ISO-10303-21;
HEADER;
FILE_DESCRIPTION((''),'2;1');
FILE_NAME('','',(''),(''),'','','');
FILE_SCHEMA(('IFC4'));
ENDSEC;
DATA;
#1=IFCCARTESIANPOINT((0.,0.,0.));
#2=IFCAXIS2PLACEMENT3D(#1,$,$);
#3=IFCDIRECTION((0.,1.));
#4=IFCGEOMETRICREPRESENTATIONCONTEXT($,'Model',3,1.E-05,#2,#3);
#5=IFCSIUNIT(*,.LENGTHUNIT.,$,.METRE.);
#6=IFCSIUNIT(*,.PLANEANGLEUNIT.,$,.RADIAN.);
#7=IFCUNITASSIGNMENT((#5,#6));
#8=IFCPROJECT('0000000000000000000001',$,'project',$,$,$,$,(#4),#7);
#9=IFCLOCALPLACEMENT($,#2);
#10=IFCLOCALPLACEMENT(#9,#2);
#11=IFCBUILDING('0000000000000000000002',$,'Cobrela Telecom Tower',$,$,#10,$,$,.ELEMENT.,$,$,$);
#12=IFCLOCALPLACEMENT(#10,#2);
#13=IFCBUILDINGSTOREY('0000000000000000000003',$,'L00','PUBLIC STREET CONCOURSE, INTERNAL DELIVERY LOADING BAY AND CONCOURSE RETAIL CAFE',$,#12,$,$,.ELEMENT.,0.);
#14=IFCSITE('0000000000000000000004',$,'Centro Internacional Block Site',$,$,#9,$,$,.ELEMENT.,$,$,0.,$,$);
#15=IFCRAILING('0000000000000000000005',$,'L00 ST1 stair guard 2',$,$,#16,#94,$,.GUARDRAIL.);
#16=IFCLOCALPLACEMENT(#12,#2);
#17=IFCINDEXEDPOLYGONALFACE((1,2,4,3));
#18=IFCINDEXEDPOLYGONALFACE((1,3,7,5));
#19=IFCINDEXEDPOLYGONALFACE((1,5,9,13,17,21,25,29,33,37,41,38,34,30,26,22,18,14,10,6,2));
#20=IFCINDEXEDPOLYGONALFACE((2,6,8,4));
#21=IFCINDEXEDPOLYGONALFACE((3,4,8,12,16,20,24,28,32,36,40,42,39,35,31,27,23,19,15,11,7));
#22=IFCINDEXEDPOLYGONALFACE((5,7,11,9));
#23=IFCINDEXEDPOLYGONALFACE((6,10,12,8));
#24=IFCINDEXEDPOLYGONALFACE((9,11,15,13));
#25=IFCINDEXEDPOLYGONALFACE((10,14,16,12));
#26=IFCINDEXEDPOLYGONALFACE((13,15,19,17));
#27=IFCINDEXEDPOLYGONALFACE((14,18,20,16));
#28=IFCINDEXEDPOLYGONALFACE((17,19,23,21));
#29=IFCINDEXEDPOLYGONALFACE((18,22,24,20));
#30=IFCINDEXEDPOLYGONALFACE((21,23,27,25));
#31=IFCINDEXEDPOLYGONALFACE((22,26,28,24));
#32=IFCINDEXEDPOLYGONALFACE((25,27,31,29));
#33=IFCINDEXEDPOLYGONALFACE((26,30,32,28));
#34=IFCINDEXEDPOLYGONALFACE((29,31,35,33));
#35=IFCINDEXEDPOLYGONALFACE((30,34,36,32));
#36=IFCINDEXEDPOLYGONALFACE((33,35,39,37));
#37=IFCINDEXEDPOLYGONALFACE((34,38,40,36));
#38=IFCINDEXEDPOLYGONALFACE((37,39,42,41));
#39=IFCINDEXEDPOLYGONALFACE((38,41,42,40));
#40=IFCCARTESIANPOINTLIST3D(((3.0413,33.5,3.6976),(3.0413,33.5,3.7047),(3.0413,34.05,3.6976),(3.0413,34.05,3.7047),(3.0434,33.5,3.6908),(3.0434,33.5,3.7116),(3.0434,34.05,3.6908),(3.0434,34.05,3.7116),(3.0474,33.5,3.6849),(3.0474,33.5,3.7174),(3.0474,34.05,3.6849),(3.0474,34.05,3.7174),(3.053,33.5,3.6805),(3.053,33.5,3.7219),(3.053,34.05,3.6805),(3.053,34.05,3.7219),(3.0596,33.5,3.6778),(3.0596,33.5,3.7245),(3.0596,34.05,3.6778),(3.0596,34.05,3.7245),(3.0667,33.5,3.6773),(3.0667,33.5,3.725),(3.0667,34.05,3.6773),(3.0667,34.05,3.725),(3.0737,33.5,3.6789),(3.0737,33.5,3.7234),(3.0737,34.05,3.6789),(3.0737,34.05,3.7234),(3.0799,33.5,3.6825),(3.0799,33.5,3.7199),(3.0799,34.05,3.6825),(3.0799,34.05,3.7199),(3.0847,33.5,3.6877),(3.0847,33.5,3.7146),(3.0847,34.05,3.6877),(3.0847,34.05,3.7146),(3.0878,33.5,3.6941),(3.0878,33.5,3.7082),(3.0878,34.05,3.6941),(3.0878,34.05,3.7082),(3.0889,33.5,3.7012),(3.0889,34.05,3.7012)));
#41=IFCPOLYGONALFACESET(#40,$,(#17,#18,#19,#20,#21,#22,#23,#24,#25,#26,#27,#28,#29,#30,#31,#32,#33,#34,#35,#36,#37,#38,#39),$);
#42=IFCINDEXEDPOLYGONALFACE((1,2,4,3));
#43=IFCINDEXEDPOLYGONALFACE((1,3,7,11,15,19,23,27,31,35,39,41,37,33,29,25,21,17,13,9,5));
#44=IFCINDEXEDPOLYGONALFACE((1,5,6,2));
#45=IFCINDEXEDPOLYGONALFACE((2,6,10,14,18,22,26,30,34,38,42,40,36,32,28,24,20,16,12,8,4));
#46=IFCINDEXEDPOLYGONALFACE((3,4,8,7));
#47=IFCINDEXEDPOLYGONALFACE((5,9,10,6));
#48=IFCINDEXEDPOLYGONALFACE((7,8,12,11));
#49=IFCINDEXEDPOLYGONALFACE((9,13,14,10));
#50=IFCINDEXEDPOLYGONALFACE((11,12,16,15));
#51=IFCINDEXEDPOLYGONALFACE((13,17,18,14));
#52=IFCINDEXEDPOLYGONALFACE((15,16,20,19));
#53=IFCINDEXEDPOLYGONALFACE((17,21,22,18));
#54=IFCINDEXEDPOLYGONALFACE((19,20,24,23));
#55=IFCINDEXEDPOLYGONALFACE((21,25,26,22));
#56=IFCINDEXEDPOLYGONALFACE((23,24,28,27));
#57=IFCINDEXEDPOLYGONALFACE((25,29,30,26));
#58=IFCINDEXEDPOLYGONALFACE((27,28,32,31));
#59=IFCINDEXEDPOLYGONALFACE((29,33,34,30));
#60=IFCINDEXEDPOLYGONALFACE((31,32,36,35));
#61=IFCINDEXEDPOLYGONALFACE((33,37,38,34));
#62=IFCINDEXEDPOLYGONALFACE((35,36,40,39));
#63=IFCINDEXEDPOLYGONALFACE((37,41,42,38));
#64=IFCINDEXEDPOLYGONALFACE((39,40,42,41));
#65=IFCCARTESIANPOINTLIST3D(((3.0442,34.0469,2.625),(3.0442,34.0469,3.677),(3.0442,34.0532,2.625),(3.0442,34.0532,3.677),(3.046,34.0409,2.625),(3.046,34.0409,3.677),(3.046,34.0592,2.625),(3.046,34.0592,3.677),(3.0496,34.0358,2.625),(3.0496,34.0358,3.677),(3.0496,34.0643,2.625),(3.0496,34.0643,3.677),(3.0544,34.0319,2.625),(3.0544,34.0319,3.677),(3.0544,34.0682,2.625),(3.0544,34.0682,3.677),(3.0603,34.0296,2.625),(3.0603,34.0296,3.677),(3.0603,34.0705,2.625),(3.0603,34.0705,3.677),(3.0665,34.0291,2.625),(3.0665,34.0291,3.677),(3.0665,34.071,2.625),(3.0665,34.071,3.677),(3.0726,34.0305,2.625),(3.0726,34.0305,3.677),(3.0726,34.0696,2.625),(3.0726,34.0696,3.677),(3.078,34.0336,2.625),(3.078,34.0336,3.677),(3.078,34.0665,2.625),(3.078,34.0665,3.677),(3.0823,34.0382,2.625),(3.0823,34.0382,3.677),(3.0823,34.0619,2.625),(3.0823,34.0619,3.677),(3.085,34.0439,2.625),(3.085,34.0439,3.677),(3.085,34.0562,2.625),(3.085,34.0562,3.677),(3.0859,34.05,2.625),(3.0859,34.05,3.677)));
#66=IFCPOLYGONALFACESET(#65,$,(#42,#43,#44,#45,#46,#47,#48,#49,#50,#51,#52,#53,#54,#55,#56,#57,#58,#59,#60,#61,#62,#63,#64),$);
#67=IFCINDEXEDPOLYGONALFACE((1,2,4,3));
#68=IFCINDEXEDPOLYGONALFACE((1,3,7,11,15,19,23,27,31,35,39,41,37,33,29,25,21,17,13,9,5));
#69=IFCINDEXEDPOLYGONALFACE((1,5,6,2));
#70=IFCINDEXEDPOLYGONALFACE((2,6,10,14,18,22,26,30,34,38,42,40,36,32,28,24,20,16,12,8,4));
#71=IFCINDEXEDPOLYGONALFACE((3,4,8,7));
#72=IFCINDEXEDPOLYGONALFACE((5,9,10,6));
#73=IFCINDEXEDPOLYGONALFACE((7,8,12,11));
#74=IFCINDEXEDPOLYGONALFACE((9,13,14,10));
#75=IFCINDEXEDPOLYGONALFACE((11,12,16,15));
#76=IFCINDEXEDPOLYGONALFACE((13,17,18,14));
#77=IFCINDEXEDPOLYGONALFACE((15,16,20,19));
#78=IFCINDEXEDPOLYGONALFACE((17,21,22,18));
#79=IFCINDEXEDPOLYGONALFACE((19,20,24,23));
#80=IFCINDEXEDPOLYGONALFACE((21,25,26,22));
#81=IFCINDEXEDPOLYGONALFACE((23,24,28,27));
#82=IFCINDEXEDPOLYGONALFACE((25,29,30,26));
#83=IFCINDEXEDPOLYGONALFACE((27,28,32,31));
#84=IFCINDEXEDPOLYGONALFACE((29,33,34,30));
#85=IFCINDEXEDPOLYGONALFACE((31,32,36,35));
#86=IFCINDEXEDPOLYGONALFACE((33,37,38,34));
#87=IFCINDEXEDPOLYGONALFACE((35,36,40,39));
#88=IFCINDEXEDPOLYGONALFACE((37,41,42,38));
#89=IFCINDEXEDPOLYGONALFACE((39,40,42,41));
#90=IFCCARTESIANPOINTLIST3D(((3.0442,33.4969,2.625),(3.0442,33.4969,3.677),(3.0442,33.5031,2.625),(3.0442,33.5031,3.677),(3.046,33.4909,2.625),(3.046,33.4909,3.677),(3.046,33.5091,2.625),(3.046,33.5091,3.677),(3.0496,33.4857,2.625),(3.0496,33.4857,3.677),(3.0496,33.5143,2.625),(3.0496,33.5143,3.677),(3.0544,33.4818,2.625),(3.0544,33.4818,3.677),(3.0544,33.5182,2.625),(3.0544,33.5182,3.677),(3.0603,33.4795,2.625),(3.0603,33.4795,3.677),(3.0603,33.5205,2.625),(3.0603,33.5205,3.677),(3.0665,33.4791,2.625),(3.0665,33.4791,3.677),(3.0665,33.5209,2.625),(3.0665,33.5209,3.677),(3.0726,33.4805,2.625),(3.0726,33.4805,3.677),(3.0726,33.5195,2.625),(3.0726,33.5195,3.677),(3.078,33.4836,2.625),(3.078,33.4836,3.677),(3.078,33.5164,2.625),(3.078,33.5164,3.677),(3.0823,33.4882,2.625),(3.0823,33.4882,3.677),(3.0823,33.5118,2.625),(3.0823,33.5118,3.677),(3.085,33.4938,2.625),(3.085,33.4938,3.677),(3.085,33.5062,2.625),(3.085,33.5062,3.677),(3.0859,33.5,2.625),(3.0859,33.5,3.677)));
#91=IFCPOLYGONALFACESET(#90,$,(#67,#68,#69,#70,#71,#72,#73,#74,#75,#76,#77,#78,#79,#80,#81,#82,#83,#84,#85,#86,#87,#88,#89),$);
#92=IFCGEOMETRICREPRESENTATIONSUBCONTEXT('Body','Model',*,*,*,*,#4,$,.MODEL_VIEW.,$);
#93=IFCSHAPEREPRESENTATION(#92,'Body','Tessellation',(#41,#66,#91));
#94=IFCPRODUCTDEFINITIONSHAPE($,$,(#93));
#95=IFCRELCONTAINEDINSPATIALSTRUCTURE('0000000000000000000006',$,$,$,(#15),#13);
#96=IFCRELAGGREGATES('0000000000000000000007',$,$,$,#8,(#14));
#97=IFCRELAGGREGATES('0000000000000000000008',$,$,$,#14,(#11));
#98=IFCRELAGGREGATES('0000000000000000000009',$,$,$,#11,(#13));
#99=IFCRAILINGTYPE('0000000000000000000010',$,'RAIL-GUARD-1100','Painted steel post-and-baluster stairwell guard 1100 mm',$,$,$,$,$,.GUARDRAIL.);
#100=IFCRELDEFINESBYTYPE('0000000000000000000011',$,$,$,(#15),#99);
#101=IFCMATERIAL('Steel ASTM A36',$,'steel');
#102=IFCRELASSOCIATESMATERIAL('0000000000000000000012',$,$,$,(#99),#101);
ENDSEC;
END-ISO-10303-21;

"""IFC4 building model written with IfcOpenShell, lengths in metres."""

from ifc_helpers import new_model, si_unit, direction, frame, origin, origin_2d, place, context, subcontext, project, spatial, circle, extrude, material, type_object, element, save


model = new_model("IFC4")

# Units and contexts
model_context = context("Model", 3, precision=1e-05, world=origin(), true_north=direction((0.0, 1.0)))
body_context = subcontext(model_context, "Body", "Model", "MODEL_VIEW")
ifc_project = project(units=[si_unit("LENGTHUNIT", "METRE"), si_unit("PLANEANGLEUNIT", "RADIAN")], contexts=[model_context])

# Site, building, storey
site_placement = place(None, origin())
site = spatial("IfcSite", under=ifc_project, at=site_placement, Name="Centro Internacional Block Site", CompositionType="ELEMENT", RefElevation=0.0)
building_placement = place(site_placement, origin())
building = spatial("IfcBuilding", under=site, at=building_placement, Name="Cobrela Telecom Tower", CompositionType="ELEMENT")
storey_placement = place(building_placement, origin())
storey = spatial("IfcBuildingStorey", under=building, at=storey_placement, Name="L00", Description="PUBLIC STREET CONCOURSE, INTERNAL DELIVERY LOADING BAY AND CONCOURSE RETAIL CAFE", CompositionType="ELEMENT", Elevation=0.0)

# Shared definitions
ifc_material_1 = material(Name="Steel ASTM A36", Category="steel")

# Railing
railing_type_1 = type_object("IfcRailingType", Name="RAIL-GUARD-1100", Description="Painted steel post-and-baluster stairwell guard 1100 mm", PredefinedType="GUARDRAIL", material=ifc_material_1)
railing_1_placement = place(storey_placement, frame((3.0649, 34.05, 2.625)))
element("IfcRailing", 1, at=railing_1_placement, inside=storey, type_object=railing_type_1, Name="L00 ST1 stair guard 2", PredefinedType="GUARDRAIL", context=body_context, shape_type="SweptSolid", body=[
    extrude(circle(Radius=0.0239, at=origin_2d()), frame((0.0, 0.0, 1.0762), z_axis=(0.0, -1.0, 0.0), x_axis=(1.0, 0.0, 0.0)), (0.0, 0.0, 1.0), 0.55),
    extrude(circle(Radius=0.021, at=origin_2d()), origin(), (0.0, 0.0, 1.0), 1.052),
    extrude(circle(Radius=0.021, at=origin_2d()), frame((0.0, -0.55, 0.0)), (0.0, 0.0, 1.0), 1.052),
])

save(model, "model.ifc")
